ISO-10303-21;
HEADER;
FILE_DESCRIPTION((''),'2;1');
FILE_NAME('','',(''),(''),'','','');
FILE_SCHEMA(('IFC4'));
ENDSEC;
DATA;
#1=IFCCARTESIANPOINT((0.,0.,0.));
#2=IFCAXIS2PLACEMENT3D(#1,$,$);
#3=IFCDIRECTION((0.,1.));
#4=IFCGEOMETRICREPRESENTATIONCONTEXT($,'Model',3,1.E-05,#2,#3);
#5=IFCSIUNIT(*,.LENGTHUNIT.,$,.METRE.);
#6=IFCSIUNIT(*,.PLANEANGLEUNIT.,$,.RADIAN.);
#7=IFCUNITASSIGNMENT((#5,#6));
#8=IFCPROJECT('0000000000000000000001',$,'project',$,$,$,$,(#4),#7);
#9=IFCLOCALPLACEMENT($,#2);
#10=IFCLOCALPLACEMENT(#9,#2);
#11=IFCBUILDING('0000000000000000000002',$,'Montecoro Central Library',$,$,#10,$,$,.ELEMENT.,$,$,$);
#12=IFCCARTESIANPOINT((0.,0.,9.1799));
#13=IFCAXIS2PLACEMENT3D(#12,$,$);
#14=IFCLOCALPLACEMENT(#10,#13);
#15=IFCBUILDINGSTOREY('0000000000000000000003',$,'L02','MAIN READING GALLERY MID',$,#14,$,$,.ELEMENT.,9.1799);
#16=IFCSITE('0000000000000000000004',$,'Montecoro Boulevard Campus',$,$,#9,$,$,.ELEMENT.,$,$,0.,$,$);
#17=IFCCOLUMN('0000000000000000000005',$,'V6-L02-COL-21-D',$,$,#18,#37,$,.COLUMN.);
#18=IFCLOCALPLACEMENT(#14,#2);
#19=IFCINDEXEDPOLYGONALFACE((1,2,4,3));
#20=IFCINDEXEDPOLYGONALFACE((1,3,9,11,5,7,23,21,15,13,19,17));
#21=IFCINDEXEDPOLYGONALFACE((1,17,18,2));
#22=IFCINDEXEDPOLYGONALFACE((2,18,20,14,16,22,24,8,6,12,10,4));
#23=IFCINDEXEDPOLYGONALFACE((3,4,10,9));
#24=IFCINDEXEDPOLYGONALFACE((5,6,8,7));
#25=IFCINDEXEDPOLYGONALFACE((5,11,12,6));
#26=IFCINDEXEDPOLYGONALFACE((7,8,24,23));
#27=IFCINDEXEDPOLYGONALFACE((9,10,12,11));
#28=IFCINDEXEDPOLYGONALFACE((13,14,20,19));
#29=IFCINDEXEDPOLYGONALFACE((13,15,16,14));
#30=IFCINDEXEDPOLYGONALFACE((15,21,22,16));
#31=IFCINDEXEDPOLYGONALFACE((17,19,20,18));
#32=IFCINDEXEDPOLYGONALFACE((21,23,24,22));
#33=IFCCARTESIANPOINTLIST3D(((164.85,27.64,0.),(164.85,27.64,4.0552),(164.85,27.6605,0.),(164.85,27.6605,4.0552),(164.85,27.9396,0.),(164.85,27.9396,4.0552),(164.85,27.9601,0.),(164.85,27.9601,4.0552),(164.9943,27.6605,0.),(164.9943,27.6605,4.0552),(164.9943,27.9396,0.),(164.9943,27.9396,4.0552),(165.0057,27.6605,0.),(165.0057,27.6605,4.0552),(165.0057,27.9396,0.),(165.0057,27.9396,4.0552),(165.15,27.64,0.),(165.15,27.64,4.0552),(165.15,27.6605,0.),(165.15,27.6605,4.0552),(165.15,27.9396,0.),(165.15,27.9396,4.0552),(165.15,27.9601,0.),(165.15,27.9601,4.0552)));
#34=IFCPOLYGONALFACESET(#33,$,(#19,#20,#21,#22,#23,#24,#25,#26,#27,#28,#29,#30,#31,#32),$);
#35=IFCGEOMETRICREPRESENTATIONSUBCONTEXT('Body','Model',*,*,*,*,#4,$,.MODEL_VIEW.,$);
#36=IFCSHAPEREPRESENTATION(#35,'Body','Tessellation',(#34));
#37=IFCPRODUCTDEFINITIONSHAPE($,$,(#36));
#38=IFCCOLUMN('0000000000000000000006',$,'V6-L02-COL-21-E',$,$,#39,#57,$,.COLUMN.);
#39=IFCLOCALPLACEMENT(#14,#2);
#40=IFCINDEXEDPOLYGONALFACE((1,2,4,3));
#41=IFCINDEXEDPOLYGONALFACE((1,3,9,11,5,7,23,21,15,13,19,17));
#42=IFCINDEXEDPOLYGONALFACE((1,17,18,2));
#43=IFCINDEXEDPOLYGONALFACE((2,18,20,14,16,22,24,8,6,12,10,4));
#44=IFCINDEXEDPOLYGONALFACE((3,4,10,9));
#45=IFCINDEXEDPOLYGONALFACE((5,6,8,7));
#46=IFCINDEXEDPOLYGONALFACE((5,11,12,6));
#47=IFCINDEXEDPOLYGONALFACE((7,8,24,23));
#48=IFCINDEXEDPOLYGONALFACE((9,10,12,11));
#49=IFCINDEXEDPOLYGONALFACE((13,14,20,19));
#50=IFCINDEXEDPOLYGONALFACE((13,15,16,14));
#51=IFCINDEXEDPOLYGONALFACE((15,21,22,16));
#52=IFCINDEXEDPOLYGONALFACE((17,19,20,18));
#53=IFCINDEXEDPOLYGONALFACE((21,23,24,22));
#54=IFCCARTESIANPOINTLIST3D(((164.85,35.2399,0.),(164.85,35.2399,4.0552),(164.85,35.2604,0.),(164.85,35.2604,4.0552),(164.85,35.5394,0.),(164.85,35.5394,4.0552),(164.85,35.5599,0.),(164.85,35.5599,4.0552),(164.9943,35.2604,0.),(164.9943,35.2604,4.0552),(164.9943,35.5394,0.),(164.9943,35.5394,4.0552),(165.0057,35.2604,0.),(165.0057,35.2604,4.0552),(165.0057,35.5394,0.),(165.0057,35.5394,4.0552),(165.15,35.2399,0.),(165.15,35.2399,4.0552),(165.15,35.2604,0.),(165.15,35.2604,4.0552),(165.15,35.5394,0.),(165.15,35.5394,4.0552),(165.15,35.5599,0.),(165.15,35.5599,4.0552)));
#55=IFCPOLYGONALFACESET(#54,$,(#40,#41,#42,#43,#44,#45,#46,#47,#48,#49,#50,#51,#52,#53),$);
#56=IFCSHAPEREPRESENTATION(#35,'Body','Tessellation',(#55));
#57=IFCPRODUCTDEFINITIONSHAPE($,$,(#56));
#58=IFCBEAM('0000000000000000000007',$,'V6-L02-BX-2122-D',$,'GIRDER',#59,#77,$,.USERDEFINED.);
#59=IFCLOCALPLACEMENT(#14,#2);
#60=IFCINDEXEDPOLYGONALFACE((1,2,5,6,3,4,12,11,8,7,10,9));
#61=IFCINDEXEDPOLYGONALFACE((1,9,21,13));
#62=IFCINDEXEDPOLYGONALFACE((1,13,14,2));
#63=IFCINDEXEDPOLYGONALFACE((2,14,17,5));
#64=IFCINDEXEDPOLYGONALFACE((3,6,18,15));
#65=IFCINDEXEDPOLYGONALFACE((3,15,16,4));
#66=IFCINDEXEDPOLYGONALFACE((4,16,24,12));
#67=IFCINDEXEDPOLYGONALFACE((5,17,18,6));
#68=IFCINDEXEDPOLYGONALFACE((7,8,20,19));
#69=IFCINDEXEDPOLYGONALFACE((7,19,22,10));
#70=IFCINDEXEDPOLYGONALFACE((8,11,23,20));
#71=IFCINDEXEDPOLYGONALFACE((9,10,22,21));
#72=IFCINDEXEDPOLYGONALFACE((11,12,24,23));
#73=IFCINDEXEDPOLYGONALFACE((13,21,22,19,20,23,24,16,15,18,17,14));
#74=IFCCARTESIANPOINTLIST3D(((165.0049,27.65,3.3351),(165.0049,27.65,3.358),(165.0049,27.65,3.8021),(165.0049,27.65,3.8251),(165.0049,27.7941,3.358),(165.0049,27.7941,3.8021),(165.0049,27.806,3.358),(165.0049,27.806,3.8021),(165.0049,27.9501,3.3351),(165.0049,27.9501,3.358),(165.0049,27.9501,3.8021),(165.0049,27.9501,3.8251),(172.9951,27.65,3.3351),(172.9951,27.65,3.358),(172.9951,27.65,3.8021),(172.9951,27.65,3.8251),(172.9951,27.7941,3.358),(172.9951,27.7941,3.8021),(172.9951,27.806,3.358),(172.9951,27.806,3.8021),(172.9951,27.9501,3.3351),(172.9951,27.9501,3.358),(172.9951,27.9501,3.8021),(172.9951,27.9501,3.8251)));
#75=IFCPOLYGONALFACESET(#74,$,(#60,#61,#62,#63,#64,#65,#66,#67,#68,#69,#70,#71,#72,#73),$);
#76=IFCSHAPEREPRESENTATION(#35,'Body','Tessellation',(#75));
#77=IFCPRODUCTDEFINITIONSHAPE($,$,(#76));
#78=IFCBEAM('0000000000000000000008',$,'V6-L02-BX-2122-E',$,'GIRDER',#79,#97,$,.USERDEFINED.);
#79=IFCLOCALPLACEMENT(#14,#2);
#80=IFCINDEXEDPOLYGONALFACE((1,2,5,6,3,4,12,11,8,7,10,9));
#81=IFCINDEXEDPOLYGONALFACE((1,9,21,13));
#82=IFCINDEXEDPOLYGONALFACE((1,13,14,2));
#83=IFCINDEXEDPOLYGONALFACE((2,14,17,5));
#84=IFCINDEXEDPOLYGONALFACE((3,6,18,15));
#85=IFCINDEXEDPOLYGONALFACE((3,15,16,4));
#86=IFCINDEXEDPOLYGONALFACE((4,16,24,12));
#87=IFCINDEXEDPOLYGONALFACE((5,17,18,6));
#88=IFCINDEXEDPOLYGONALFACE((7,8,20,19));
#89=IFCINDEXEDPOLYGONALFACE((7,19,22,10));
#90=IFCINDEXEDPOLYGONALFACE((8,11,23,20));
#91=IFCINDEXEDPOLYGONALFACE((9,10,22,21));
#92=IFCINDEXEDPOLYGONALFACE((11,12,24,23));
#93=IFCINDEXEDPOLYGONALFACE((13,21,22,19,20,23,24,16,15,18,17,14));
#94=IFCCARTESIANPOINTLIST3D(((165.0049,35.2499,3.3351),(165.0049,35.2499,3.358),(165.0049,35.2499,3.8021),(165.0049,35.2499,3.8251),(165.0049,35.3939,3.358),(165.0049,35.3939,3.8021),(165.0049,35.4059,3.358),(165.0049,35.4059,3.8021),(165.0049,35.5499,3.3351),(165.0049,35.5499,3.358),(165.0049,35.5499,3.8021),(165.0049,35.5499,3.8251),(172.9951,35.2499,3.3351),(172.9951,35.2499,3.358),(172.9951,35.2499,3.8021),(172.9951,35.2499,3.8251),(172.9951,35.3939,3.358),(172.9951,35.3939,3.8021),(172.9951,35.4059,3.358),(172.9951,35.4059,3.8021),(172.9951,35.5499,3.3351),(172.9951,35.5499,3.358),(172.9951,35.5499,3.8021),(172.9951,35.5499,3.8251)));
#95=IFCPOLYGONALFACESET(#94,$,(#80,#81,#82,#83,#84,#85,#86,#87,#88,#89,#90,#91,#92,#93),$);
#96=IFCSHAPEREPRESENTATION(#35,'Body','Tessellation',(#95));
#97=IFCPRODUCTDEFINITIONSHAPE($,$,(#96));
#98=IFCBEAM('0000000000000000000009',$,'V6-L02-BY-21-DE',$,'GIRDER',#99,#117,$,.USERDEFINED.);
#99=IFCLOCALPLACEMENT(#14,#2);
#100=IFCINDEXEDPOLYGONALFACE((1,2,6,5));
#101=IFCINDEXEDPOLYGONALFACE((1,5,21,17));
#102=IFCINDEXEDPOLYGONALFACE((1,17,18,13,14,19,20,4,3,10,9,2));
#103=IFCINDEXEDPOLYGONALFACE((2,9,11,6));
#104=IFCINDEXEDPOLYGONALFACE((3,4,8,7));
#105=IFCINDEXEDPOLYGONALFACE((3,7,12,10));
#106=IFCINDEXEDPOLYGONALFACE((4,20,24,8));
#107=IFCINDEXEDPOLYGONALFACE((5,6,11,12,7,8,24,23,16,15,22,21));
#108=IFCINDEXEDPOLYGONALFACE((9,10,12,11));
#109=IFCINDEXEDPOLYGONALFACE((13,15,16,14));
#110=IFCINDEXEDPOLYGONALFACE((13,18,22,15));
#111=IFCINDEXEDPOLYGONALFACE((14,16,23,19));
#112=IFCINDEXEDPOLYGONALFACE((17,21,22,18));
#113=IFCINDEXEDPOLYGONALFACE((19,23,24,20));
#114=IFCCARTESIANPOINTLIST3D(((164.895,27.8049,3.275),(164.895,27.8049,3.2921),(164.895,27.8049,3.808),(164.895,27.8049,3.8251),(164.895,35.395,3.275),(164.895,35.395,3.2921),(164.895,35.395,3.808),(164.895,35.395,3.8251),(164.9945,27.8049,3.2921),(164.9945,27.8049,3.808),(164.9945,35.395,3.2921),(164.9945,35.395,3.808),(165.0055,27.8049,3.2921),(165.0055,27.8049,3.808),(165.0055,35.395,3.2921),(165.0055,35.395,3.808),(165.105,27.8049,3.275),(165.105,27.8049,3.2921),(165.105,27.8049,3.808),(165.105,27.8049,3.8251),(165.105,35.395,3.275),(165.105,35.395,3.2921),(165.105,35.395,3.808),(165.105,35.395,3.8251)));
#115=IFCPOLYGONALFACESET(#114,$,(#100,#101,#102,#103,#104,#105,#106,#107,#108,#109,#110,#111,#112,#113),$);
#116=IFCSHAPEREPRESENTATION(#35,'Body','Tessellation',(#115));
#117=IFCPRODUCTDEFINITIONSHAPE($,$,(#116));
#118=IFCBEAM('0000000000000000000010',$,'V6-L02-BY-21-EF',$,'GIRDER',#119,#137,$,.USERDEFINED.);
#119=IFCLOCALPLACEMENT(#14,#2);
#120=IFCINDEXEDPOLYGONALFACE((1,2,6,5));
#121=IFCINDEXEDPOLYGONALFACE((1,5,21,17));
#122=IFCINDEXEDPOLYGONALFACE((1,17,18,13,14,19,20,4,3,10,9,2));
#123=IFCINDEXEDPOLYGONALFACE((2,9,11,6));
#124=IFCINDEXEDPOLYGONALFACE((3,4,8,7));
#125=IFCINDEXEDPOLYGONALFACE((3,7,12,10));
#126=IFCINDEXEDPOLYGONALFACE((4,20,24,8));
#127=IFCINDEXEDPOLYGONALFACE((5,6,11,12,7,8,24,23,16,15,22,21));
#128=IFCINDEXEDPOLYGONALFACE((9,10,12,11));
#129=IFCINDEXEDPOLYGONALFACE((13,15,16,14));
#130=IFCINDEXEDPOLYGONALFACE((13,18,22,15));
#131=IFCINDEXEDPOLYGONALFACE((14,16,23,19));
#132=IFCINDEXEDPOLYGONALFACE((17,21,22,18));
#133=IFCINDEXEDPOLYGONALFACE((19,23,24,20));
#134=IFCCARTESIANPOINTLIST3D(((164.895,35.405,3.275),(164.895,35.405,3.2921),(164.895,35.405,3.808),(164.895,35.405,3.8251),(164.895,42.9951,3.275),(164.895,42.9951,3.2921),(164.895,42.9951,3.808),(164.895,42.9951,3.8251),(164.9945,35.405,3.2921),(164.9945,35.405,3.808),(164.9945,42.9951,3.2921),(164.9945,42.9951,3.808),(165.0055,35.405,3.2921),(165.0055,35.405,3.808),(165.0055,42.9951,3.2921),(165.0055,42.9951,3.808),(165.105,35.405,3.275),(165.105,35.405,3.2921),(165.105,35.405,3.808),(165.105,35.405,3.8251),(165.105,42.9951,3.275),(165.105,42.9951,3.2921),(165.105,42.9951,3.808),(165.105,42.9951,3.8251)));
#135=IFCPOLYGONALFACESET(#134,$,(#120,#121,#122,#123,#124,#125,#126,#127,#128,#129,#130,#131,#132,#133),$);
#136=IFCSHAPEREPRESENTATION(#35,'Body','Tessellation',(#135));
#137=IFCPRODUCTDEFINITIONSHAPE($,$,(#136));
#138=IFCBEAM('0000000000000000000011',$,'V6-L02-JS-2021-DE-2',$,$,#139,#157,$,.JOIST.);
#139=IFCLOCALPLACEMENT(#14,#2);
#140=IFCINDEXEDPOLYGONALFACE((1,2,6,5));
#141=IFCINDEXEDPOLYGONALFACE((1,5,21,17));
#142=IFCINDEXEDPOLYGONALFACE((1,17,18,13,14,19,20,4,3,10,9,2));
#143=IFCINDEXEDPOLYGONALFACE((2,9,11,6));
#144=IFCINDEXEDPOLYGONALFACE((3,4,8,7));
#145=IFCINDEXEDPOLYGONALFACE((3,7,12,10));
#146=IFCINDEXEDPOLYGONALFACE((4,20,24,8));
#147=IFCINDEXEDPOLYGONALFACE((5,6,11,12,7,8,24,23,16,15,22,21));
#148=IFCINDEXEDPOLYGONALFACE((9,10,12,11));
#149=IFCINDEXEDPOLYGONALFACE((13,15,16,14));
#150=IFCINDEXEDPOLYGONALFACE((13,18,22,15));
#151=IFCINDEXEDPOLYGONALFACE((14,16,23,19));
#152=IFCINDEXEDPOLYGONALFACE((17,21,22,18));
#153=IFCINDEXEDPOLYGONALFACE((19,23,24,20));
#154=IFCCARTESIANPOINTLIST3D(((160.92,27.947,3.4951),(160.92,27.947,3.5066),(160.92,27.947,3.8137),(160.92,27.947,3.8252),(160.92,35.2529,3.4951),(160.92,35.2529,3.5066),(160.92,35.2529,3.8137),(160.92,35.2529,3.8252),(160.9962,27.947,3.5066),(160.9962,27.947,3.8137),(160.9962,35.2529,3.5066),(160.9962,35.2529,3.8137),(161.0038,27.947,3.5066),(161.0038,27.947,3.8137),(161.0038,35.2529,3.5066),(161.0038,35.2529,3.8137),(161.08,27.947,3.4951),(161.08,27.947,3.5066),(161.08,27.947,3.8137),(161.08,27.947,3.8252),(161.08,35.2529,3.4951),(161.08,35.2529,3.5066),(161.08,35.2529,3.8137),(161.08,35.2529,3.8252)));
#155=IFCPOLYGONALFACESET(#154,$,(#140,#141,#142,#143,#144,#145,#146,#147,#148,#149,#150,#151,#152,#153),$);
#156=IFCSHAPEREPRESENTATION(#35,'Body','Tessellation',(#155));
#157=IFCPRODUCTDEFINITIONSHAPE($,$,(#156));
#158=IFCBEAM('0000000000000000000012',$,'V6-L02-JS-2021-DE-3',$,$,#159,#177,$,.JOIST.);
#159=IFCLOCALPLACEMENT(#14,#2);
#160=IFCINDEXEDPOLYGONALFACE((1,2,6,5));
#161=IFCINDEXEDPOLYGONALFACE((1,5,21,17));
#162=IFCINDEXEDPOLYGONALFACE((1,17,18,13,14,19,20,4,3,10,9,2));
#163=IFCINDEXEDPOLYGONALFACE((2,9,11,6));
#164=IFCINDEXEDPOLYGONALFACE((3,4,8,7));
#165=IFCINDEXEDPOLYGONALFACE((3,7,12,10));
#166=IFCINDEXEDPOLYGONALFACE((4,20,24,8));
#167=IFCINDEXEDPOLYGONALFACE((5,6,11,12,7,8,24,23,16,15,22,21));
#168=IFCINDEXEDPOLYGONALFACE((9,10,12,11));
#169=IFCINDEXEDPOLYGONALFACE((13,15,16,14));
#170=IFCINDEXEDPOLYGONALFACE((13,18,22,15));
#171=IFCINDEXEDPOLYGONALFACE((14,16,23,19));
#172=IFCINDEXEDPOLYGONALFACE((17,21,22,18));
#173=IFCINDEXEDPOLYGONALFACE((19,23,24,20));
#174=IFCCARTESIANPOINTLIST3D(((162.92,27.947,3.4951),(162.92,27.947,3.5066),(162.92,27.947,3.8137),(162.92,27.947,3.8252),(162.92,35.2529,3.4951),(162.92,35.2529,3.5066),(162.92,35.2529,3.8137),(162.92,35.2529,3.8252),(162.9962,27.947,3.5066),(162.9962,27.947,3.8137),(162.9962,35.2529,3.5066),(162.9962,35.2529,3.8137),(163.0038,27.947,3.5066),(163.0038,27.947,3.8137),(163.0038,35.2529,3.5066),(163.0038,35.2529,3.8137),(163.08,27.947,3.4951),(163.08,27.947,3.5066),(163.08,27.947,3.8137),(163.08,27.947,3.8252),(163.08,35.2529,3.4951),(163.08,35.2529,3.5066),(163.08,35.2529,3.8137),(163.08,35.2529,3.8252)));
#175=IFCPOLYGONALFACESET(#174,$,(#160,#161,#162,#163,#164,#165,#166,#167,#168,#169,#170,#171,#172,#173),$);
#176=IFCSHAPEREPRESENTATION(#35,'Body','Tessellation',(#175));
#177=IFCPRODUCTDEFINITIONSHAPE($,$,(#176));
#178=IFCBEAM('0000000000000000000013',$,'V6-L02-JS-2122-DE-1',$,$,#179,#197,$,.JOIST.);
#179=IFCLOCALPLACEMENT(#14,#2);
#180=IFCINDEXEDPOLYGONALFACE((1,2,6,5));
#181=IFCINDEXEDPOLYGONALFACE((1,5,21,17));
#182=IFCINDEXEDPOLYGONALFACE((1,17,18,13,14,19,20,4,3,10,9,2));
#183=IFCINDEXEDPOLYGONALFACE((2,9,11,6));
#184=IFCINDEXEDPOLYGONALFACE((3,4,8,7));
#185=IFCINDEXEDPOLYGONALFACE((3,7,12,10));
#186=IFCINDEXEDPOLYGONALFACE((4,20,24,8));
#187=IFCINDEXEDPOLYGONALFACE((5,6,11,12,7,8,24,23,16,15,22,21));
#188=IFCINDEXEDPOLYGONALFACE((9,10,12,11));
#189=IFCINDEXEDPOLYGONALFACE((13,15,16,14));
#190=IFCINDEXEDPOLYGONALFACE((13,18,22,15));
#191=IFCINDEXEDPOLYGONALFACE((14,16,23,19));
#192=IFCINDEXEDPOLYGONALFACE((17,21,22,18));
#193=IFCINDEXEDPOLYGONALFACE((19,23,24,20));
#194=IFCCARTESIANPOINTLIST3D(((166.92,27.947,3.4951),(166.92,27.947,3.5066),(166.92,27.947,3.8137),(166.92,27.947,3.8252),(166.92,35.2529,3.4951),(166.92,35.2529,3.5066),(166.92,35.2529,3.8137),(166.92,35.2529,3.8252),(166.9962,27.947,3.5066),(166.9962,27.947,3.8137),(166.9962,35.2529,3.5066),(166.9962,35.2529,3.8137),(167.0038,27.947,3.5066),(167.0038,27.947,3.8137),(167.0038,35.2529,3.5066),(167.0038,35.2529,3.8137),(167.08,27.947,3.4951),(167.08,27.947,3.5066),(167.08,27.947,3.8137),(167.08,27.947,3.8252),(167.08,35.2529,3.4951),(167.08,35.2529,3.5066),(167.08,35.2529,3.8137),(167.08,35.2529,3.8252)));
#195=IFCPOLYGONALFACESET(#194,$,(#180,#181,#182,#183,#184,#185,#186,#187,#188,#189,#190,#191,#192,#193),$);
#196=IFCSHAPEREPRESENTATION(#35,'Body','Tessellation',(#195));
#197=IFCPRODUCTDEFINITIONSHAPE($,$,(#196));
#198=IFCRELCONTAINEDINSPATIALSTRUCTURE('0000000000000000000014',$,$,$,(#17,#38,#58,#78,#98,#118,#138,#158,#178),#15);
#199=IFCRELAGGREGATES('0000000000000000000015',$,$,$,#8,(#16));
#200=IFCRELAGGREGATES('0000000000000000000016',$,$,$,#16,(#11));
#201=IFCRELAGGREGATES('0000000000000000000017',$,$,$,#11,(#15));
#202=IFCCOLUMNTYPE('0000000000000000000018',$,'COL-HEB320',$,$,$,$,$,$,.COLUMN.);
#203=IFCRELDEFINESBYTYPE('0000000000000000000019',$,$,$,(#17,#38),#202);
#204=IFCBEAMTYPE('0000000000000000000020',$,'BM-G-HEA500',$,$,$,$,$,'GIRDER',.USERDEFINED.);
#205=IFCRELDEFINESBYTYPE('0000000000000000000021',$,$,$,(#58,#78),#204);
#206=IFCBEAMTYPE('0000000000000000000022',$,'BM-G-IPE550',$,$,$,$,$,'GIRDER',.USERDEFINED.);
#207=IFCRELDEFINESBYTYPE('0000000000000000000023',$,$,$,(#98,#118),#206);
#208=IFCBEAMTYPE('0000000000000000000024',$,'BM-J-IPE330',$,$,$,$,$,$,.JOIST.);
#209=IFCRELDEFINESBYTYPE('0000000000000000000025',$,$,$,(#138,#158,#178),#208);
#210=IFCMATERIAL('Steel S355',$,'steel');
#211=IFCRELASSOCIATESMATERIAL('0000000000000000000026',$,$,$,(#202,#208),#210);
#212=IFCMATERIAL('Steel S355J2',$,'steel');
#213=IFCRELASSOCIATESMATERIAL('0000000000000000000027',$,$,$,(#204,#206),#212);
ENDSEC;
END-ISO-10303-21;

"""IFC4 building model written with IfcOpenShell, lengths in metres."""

from ifc_helpers import new_model, si_unit, direction, frame, origin, origin_2d, place, context, subcontext, project, spatial, i_section, extrude, material, material_profile, profile_set, type_object, element, save


model = new_model("IFC4")

# Units and contexts
model_context = context("Model", 3, precision=1e-05, world=origin(), true_north=direction((0.0, 1.0)))
body_context = subcontext(model_context, "Body", "Model", "MODEL_VIEW")
ifc_project = project(units=[si_unit("LENGTHUNIT", "METRE"), si_unit("PLANEANGLEUNIT", "RADIAN")], contexts=[model_context])

# Site, building, storey
site_placement = place(None, origin())
site = spatial("IfcSite", under=ifc_project, at=site_placement, Name="Montecoro Boulevard Campus", CompositionType="ELEMENT", RefElevation=0.0)
building_placement = place(site_placement, origin())
building = spatial("IfcBuilding", under=site, at=building_placement, Name="Montecoro Central Library", CompositionType="ELEMENT")
storey_placement = place(building_placement, frame((0.0, 0.0, 9.1799)))
storey = spatial("IfcBuildingStorey", under=building, at=storey_placement, Name="L02", Description="MAIN READING GALLERY MID", CompositionType="ELEMENT", Elevation=9.1799)

# Columns
ifc_material_1 = material(Name="Steel S355", Category="steel")
ifc_material_profile_1 = material_profile(ifc_material_1, i_section(OverallWidth=0.3, OverallDepth=0.3201, WebThickness=0.0115, FlangeThickness=0.0205, at=origin_2d()), Name="HEB 320")
ifc_profile_set_1 = profile_set([ifc_material_profile_1], Name="Steel S355")
column_type = type_object("IfcColumnType", Name="COL-HEB320", PredefinedType="COLUMN", material=ifc_profile_set_1)
for number, where, z_axis, x_axis, name in (
    (1, (165.0, 27.8, 0.0), (0.0, 0.0, 1.0), (1.0, 0.0, 0.0), "V6-L02-COL-21-D"),
    (2, (165.0, 35.3999, 0.0), (0.0, 0.0, 1.0), (1.0, 0.0, 0.0), "V6-L02-COL-21-E"),
):
    element("IfcColumn", number, at=place(storey_placement, frame(where, z_axis=z_axis, x_axis=x_axis)), inside=storey, type_object=column_type, Name=name, PredefinedType="COLUMN", context=body_context, shape_type="SweptSolid", body=[
        extrude(i_section(OverallWidth=0.3, OverallDepth=0.3201, WebThickness=0.0115, FlangeThickness=0.0205, at=origin_2d()), origin(), (0.0, 0.0, 1.0), 4.0552),
    ])

# Beams
ifc_material_2 = material(Name="Steel S355J2", Category="steel")
ifc_material_profile_2 = material_profile(ifc_material_2, i_section(OverallWidth=0.3, OverallDepth=0.49, WebThickness=0.012, FlangeThickness=0.0229, at=origin_2d()), Name="HEA 500")
ifc_profile_set_2 = profile_set([ifc_material_profile_2], Name="Steel S355J2")
beam_type_1 = type_object("IfcBeamType", Name="BM-G-HEA500", ElementType="GIRDER", PredefinedType="USERDEFINED", material=ifc_profile_set_2)
for number, where, z_axis, x_axis, name in (
    (3, (165.0049, 27.8, 3.5801), (1.0, 0.0, 0.0), (0.0, 1.0, 0.0), "V6-L02-BX-2122-D"),
    (4, (165.0049, 35.3999, 3.5801), (1.0, 0.0, 0.0), (0.0, 1.0, 0.0), "V6-L02-BX-2122-E"),
):
    element("IfcBeam", number, at=place(storey_placement, frame(where, z_axis=z_axis, x_axis=x_axis)), inside=storey, type_object=beam_type_1, Name=name, ObjectType="GIRDER", PredefinedType="USERDEFINED", context=body_context, shape_type="SweptSolid", body=[
        extrude(i_section(OverallWidth=0.3, OverallDepth=0.49, WebThickness=0.012, FlangeThickness=0.0229, at=origin_2d()), origin(), (0.0, 0.0, 1.0), 7.9902),
    ])
ifc_material_profile_3 = material_profile(ifc_material_2, i_section(OverallWidth=0.21, OverallDepth=0.55, WebThickness=0.011, FlangeThickness=0.0171, at=origin_2d()), Name="IPE 550")
ifc_profile_set_3 = profile_set([ifc_material_profile_3], Name="Steel S355J2")
beam_type_2 = type_object("IfcBeamType", Name="BM-G-IPE550", ElementType="GIRDER", PredefinedType="USERDEFINED", material=ifc_profile_set_3)
for number, where, z_axis, x_axis, name in (
    (5, (165.0, 27.8049, 3.55), (0.0, 1.0, 0.0), (-1.0, 0.0, 0.0), "V6-L02-BY-21-DE"),
    (6, (165.0, 35.405, 3.55), (0.0, 1.0, 0.0), (-1.0, 0.0, 0.0), "V6-L02-BY-21-EF"),
):
    element("IfcBeam", number, at=place(storey_placement, frame(where, z_axis=z_axis, x_axis=x_axis)), inside=storey, type_object=beam_type_2, Name=name, ObjectType="GIRDER", PredefinedType="USERDEFINED", context=body_context, shape_type="SweptSolid", body=[
        extrude(i_section(OverallWidth=0.21, OverallDepth=0.55, WebThickness=0.011, FlangeThickness=0.0171, at=origin_2d()), origin(), (0.0, 0.0, 1.0), 7.5901),
    ])
ifc_material_profile_4 = material_profile(ifc_material_1, i_section(OverallWidth=0.1599, OverallDepth=0.3301, WebThickness=0.0076, FlangeThickness=0.0115, at=origin_2d()), Name="IPE 330")
ifc_profile_set_4 = profile_set([ifc_material_profile_4], Name="Steel S355")
beam_type_3 = type_object("IfcBeamType", Name="BM-J-IPE330", PredefinedType="JOIST", material=ifc_profile_set_4)
for number, where, z_axis, x_axis, name in (
    (7, (161.0, 27.947, 3.6602), (0.0, 1.0, 0.0), (-1.0, 0.0, 0.0), "V6-L02-JS-2021-DE-2"),
    (8, (163.0, 27.947, 3.6602), (0.0, 1.0, 0.0), (-1.0, 0.0, 0.0), "V6-L02-JS-2021-DE-3"),
    (9, (167.0, 27.947, 3.6602), (0.0, 1.0, 0.0), (-1.0, 0.0, 0.0), "V6-L02-JS-2122-DE-1"),
):
    element("IfcBeam", number, at=place(storey_placement, frame(where, z_axis=z_axis, x_axis=x_axis)), inside=storey, type_object=beam_type_3, Name=name, PredefinedType="JOIST", context=body_context, shape_type="SweptSolid", body=[
        extrude(i_section(OverallWidth=0.1599, OverallDepth=0.3301, WebThickness=0.0076, FlangeThickness=0.0115, at=origin_2d()), origin(), (0.0, 0.0, 1.0), 7.3059),
    ])

save(model, "model.ifc")
